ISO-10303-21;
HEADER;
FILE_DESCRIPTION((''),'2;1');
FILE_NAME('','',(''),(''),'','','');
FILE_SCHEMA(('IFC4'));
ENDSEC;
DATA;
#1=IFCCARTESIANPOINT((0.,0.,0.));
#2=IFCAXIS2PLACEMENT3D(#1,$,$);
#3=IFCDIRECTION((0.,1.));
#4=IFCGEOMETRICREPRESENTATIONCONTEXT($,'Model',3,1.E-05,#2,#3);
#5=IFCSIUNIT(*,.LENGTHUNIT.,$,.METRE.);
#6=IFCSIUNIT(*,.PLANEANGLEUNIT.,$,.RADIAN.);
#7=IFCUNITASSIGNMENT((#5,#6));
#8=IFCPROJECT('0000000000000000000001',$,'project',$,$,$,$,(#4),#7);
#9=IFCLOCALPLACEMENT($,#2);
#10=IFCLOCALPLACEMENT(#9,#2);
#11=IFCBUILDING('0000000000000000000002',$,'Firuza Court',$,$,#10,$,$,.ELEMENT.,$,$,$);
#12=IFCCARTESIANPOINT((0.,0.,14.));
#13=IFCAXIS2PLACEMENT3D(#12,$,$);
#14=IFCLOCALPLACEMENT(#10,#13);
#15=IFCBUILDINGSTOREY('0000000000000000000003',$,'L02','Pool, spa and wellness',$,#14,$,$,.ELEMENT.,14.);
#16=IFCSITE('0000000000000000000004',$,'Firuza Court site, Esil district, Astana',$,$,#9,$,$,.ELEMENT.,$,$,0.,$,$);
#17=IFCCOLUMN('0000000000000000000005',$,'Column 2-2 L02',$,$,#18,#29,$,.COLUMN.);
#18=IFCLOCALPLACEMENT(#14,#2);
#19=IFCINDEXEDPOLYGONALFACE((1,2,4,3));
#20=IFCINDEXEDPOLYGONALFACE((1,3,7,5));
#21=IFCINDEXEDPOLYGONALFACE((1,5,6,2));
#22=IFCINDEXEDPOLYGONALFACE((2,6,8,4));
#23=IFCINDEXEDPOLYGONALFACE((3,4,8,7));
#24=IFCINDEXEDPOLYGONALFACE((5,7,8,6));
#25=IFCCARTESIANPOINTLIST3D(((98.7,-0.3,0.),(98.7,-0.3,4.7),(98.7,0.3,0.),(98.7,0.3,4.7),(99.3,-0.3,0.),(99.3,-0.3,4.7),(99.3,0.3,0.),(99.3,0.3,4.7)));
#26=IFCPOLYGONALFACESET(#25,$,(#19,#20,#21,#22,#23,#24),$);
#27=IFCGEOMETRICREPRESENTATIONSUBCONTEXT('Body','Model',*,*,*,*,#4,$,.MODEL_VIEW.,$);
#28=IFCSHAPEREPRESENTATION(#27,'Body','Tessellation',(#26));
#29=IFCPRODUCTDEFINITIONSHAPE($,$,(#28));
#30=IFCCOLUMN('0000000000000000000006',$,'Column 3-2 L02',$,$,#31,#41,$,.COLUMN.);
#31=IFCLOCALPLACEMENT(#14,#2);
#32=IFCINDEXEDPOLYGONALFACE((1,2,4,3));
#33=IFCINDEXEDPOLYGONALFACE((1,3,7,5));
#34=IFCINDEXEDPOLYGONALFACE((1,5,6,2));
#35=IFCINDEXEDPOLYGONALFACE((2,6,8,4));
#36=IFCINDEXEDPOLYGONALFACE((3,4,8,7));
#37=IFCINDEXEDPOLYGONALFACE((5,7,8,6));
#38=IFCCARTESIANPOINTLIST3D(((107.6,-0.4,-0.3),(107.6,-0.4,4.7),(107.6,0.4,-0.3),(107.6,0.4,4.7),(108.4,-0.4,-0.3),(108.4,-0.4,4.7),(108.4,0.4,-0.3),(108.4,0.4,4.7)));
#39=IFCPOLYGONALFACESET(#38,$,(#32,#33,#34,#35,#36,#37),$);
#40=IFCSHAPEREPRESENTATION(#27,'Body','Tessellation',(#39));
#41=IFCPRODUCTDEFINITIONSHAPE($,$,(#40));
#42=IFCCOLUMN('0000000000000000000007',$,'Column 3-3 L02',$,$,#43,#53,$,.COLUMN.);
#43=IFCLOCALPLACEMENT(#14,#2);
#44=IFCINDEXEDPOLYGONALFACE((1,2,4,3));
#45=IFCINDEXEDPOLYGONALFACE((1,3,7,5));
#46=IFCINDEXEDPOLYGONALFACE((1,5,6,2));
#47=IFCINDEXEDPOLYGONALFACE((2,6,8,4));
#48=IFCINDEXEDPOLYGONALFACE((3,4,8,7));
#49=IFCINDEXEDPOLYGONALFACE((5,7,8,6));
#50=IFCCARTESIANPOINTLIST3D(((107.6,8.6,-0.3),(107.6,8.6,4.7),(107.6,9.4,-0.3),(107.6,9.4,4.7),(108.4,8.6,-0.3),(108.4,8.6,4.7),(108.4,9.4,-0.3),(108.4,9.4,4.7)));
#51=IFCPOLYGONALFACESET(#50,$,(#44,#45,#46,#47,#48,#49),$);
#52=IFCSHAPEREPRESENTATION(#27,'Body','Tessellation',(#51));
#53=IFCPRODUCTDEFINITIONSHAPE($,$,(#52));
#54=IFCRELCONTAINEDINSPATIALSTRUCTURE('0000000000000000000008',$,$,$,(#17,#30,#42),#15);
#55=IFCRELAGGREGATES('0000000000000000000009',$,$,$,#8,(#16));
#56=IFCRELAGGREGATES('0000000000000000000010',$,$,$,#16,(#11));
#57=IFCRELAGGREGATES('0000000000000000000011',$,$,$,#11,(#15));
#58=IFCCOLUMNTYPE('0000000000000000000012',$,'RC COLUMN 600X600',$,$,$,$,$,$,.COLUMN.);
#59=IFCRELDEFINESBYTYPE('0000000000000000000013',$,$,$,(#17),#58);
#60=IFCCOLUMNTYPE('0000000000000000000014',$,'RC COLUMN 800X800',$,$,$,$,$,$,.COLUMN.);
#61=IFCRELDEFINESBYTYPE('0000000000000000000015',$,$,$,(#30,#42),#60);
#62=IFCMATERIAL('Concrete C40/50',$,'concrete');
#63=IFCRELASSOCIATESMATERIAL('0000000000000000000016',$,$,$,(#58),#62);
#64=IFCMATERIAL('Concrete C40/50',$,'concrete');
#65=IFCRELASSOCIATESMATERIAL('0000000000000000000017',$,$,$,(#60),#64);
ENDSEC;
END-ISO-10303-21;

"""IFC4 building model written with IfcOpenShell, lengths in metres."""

from ifc_helpers import new_model, si_unit, direction, frame, origin, origin_2d, place, context, subcontext, project, spatial, rectangle, extrude, material, material_profile, profile_set, type_object, element, save


model = new_model("IFC4")

# Units and contexts
model_context = context("Model", 3, precision=1e-05, world=origin(), true_north=direction((0.0, 1.0)))
body_context = subcontext(model_context, "Body", "Model", "MODEL_VIEW")
ifc_project = project(units=[si_unit("LENGTHUNIT", "METRE"), si_unit("PLANEANGLEUNIT", "RADIAN")], contexts=[model_context])

# Site, building, storey
site_placement = place(None, origin())
site = spatial("IfcSite", under=ifc_project, at=site_placement, Name="Firuza Court site, Esil district, Astana", CompositionType="ELEMENT", RefElevation=0.0)
building_placement = place(site_placement, origin())
building = spatial("IfcBuilding", under=site, at=building_placement, Name="Firuza Court", CompositionType="ELEMENT")
storey_placement = place(building_placement, frame((0.0, 0.0, 14.0)))
storey = spatial("IfcBuildingStorey", under=building, at=storey_placement, Name="L02", Description="Pool, spa and wellness", CompositionType="ELEMENT", Elevation=14.0)

# Columns
ifc_material_1 = material(Name="Concrete C40/50", Category="concrete")
ifc_material_profile_1 = material_profile(ifc_material_1, rectangle(XDim=0.6001, YDim=0.6001, at=origin_2d()), Name="RC 600X600")
ifc_profile_set_1 = profile_set([ifc_material_profile_1], Name="Concrete C40/50")
column_type_1 = type_object("IfcColumnType", Name="RC COLUMN 600X600", PredefinedType="COLUMN", material=ifc_profile_set_1)
column_placement = place(storey_placement, frame((99.0, 0.0, 0.0), z_axis=(0.0, 0.0, 1.0), x_axis=(1.0, 0.0, 0.0)))
element("IfcColumn", 1, at=column_placement, inside=storey, type_object=column_type_1, Name="Column 2-2 L02", PredefinedType="COLUMN", context=body_context, shape_type="SweptSolid", body=[
    extrude(rectangle(XDim=0.6001, YDim=0.6001, at=origin_2d()), origin(), (0.0, 0.0, 1.0), 4.7),
])
ifc_material_2 = material(Name="Concrete C40/50", Category="concrete")
ifc_material_profile_2 = material_profile(ifc_material_2, rectangle(XDim=0.8, YDim=0.8, at=origin_2d()), Name="RC 800X800")
ifc_profile_set_2 = profile_set([ifc_material_profile_2], Name="Concrete C40/50")
column_type_2 = type_object("IfcColumnType", Name="RC COLUMN 800X800", PredefinedType="COLUMN", material=ifc_profile_set_2)
for number, where, z_axis, x_axis, name in (
    (2, (108.0, 0.0, -0.3), (0.0, 0.0, 1.0), (1.0, 0.0, 0.0), "Column 3-2 L02"),
    (3, (108.0, 9.0, -0.3), (0.0, 0.0, 1.0), (1.0, 0.0, 0.0), "Column 3-3 L02"),
):
    element("IfcColumn", number, at=place(storey_placement, frame(where, z_axis=z_axis, x_axis=x_axis)), inside=storey, type_object=column_type_2, Name=name, PredefinedType="COLUMN", context=body_context, shape_type="SweptSolid", body=[
        extrude(rectangle(XDim=0.8, YDim=0.8, at=origin_2d()), origin(), (0.0, 0.0, 1.0), 5.0),
    ])

save(model, "model.ifc")
